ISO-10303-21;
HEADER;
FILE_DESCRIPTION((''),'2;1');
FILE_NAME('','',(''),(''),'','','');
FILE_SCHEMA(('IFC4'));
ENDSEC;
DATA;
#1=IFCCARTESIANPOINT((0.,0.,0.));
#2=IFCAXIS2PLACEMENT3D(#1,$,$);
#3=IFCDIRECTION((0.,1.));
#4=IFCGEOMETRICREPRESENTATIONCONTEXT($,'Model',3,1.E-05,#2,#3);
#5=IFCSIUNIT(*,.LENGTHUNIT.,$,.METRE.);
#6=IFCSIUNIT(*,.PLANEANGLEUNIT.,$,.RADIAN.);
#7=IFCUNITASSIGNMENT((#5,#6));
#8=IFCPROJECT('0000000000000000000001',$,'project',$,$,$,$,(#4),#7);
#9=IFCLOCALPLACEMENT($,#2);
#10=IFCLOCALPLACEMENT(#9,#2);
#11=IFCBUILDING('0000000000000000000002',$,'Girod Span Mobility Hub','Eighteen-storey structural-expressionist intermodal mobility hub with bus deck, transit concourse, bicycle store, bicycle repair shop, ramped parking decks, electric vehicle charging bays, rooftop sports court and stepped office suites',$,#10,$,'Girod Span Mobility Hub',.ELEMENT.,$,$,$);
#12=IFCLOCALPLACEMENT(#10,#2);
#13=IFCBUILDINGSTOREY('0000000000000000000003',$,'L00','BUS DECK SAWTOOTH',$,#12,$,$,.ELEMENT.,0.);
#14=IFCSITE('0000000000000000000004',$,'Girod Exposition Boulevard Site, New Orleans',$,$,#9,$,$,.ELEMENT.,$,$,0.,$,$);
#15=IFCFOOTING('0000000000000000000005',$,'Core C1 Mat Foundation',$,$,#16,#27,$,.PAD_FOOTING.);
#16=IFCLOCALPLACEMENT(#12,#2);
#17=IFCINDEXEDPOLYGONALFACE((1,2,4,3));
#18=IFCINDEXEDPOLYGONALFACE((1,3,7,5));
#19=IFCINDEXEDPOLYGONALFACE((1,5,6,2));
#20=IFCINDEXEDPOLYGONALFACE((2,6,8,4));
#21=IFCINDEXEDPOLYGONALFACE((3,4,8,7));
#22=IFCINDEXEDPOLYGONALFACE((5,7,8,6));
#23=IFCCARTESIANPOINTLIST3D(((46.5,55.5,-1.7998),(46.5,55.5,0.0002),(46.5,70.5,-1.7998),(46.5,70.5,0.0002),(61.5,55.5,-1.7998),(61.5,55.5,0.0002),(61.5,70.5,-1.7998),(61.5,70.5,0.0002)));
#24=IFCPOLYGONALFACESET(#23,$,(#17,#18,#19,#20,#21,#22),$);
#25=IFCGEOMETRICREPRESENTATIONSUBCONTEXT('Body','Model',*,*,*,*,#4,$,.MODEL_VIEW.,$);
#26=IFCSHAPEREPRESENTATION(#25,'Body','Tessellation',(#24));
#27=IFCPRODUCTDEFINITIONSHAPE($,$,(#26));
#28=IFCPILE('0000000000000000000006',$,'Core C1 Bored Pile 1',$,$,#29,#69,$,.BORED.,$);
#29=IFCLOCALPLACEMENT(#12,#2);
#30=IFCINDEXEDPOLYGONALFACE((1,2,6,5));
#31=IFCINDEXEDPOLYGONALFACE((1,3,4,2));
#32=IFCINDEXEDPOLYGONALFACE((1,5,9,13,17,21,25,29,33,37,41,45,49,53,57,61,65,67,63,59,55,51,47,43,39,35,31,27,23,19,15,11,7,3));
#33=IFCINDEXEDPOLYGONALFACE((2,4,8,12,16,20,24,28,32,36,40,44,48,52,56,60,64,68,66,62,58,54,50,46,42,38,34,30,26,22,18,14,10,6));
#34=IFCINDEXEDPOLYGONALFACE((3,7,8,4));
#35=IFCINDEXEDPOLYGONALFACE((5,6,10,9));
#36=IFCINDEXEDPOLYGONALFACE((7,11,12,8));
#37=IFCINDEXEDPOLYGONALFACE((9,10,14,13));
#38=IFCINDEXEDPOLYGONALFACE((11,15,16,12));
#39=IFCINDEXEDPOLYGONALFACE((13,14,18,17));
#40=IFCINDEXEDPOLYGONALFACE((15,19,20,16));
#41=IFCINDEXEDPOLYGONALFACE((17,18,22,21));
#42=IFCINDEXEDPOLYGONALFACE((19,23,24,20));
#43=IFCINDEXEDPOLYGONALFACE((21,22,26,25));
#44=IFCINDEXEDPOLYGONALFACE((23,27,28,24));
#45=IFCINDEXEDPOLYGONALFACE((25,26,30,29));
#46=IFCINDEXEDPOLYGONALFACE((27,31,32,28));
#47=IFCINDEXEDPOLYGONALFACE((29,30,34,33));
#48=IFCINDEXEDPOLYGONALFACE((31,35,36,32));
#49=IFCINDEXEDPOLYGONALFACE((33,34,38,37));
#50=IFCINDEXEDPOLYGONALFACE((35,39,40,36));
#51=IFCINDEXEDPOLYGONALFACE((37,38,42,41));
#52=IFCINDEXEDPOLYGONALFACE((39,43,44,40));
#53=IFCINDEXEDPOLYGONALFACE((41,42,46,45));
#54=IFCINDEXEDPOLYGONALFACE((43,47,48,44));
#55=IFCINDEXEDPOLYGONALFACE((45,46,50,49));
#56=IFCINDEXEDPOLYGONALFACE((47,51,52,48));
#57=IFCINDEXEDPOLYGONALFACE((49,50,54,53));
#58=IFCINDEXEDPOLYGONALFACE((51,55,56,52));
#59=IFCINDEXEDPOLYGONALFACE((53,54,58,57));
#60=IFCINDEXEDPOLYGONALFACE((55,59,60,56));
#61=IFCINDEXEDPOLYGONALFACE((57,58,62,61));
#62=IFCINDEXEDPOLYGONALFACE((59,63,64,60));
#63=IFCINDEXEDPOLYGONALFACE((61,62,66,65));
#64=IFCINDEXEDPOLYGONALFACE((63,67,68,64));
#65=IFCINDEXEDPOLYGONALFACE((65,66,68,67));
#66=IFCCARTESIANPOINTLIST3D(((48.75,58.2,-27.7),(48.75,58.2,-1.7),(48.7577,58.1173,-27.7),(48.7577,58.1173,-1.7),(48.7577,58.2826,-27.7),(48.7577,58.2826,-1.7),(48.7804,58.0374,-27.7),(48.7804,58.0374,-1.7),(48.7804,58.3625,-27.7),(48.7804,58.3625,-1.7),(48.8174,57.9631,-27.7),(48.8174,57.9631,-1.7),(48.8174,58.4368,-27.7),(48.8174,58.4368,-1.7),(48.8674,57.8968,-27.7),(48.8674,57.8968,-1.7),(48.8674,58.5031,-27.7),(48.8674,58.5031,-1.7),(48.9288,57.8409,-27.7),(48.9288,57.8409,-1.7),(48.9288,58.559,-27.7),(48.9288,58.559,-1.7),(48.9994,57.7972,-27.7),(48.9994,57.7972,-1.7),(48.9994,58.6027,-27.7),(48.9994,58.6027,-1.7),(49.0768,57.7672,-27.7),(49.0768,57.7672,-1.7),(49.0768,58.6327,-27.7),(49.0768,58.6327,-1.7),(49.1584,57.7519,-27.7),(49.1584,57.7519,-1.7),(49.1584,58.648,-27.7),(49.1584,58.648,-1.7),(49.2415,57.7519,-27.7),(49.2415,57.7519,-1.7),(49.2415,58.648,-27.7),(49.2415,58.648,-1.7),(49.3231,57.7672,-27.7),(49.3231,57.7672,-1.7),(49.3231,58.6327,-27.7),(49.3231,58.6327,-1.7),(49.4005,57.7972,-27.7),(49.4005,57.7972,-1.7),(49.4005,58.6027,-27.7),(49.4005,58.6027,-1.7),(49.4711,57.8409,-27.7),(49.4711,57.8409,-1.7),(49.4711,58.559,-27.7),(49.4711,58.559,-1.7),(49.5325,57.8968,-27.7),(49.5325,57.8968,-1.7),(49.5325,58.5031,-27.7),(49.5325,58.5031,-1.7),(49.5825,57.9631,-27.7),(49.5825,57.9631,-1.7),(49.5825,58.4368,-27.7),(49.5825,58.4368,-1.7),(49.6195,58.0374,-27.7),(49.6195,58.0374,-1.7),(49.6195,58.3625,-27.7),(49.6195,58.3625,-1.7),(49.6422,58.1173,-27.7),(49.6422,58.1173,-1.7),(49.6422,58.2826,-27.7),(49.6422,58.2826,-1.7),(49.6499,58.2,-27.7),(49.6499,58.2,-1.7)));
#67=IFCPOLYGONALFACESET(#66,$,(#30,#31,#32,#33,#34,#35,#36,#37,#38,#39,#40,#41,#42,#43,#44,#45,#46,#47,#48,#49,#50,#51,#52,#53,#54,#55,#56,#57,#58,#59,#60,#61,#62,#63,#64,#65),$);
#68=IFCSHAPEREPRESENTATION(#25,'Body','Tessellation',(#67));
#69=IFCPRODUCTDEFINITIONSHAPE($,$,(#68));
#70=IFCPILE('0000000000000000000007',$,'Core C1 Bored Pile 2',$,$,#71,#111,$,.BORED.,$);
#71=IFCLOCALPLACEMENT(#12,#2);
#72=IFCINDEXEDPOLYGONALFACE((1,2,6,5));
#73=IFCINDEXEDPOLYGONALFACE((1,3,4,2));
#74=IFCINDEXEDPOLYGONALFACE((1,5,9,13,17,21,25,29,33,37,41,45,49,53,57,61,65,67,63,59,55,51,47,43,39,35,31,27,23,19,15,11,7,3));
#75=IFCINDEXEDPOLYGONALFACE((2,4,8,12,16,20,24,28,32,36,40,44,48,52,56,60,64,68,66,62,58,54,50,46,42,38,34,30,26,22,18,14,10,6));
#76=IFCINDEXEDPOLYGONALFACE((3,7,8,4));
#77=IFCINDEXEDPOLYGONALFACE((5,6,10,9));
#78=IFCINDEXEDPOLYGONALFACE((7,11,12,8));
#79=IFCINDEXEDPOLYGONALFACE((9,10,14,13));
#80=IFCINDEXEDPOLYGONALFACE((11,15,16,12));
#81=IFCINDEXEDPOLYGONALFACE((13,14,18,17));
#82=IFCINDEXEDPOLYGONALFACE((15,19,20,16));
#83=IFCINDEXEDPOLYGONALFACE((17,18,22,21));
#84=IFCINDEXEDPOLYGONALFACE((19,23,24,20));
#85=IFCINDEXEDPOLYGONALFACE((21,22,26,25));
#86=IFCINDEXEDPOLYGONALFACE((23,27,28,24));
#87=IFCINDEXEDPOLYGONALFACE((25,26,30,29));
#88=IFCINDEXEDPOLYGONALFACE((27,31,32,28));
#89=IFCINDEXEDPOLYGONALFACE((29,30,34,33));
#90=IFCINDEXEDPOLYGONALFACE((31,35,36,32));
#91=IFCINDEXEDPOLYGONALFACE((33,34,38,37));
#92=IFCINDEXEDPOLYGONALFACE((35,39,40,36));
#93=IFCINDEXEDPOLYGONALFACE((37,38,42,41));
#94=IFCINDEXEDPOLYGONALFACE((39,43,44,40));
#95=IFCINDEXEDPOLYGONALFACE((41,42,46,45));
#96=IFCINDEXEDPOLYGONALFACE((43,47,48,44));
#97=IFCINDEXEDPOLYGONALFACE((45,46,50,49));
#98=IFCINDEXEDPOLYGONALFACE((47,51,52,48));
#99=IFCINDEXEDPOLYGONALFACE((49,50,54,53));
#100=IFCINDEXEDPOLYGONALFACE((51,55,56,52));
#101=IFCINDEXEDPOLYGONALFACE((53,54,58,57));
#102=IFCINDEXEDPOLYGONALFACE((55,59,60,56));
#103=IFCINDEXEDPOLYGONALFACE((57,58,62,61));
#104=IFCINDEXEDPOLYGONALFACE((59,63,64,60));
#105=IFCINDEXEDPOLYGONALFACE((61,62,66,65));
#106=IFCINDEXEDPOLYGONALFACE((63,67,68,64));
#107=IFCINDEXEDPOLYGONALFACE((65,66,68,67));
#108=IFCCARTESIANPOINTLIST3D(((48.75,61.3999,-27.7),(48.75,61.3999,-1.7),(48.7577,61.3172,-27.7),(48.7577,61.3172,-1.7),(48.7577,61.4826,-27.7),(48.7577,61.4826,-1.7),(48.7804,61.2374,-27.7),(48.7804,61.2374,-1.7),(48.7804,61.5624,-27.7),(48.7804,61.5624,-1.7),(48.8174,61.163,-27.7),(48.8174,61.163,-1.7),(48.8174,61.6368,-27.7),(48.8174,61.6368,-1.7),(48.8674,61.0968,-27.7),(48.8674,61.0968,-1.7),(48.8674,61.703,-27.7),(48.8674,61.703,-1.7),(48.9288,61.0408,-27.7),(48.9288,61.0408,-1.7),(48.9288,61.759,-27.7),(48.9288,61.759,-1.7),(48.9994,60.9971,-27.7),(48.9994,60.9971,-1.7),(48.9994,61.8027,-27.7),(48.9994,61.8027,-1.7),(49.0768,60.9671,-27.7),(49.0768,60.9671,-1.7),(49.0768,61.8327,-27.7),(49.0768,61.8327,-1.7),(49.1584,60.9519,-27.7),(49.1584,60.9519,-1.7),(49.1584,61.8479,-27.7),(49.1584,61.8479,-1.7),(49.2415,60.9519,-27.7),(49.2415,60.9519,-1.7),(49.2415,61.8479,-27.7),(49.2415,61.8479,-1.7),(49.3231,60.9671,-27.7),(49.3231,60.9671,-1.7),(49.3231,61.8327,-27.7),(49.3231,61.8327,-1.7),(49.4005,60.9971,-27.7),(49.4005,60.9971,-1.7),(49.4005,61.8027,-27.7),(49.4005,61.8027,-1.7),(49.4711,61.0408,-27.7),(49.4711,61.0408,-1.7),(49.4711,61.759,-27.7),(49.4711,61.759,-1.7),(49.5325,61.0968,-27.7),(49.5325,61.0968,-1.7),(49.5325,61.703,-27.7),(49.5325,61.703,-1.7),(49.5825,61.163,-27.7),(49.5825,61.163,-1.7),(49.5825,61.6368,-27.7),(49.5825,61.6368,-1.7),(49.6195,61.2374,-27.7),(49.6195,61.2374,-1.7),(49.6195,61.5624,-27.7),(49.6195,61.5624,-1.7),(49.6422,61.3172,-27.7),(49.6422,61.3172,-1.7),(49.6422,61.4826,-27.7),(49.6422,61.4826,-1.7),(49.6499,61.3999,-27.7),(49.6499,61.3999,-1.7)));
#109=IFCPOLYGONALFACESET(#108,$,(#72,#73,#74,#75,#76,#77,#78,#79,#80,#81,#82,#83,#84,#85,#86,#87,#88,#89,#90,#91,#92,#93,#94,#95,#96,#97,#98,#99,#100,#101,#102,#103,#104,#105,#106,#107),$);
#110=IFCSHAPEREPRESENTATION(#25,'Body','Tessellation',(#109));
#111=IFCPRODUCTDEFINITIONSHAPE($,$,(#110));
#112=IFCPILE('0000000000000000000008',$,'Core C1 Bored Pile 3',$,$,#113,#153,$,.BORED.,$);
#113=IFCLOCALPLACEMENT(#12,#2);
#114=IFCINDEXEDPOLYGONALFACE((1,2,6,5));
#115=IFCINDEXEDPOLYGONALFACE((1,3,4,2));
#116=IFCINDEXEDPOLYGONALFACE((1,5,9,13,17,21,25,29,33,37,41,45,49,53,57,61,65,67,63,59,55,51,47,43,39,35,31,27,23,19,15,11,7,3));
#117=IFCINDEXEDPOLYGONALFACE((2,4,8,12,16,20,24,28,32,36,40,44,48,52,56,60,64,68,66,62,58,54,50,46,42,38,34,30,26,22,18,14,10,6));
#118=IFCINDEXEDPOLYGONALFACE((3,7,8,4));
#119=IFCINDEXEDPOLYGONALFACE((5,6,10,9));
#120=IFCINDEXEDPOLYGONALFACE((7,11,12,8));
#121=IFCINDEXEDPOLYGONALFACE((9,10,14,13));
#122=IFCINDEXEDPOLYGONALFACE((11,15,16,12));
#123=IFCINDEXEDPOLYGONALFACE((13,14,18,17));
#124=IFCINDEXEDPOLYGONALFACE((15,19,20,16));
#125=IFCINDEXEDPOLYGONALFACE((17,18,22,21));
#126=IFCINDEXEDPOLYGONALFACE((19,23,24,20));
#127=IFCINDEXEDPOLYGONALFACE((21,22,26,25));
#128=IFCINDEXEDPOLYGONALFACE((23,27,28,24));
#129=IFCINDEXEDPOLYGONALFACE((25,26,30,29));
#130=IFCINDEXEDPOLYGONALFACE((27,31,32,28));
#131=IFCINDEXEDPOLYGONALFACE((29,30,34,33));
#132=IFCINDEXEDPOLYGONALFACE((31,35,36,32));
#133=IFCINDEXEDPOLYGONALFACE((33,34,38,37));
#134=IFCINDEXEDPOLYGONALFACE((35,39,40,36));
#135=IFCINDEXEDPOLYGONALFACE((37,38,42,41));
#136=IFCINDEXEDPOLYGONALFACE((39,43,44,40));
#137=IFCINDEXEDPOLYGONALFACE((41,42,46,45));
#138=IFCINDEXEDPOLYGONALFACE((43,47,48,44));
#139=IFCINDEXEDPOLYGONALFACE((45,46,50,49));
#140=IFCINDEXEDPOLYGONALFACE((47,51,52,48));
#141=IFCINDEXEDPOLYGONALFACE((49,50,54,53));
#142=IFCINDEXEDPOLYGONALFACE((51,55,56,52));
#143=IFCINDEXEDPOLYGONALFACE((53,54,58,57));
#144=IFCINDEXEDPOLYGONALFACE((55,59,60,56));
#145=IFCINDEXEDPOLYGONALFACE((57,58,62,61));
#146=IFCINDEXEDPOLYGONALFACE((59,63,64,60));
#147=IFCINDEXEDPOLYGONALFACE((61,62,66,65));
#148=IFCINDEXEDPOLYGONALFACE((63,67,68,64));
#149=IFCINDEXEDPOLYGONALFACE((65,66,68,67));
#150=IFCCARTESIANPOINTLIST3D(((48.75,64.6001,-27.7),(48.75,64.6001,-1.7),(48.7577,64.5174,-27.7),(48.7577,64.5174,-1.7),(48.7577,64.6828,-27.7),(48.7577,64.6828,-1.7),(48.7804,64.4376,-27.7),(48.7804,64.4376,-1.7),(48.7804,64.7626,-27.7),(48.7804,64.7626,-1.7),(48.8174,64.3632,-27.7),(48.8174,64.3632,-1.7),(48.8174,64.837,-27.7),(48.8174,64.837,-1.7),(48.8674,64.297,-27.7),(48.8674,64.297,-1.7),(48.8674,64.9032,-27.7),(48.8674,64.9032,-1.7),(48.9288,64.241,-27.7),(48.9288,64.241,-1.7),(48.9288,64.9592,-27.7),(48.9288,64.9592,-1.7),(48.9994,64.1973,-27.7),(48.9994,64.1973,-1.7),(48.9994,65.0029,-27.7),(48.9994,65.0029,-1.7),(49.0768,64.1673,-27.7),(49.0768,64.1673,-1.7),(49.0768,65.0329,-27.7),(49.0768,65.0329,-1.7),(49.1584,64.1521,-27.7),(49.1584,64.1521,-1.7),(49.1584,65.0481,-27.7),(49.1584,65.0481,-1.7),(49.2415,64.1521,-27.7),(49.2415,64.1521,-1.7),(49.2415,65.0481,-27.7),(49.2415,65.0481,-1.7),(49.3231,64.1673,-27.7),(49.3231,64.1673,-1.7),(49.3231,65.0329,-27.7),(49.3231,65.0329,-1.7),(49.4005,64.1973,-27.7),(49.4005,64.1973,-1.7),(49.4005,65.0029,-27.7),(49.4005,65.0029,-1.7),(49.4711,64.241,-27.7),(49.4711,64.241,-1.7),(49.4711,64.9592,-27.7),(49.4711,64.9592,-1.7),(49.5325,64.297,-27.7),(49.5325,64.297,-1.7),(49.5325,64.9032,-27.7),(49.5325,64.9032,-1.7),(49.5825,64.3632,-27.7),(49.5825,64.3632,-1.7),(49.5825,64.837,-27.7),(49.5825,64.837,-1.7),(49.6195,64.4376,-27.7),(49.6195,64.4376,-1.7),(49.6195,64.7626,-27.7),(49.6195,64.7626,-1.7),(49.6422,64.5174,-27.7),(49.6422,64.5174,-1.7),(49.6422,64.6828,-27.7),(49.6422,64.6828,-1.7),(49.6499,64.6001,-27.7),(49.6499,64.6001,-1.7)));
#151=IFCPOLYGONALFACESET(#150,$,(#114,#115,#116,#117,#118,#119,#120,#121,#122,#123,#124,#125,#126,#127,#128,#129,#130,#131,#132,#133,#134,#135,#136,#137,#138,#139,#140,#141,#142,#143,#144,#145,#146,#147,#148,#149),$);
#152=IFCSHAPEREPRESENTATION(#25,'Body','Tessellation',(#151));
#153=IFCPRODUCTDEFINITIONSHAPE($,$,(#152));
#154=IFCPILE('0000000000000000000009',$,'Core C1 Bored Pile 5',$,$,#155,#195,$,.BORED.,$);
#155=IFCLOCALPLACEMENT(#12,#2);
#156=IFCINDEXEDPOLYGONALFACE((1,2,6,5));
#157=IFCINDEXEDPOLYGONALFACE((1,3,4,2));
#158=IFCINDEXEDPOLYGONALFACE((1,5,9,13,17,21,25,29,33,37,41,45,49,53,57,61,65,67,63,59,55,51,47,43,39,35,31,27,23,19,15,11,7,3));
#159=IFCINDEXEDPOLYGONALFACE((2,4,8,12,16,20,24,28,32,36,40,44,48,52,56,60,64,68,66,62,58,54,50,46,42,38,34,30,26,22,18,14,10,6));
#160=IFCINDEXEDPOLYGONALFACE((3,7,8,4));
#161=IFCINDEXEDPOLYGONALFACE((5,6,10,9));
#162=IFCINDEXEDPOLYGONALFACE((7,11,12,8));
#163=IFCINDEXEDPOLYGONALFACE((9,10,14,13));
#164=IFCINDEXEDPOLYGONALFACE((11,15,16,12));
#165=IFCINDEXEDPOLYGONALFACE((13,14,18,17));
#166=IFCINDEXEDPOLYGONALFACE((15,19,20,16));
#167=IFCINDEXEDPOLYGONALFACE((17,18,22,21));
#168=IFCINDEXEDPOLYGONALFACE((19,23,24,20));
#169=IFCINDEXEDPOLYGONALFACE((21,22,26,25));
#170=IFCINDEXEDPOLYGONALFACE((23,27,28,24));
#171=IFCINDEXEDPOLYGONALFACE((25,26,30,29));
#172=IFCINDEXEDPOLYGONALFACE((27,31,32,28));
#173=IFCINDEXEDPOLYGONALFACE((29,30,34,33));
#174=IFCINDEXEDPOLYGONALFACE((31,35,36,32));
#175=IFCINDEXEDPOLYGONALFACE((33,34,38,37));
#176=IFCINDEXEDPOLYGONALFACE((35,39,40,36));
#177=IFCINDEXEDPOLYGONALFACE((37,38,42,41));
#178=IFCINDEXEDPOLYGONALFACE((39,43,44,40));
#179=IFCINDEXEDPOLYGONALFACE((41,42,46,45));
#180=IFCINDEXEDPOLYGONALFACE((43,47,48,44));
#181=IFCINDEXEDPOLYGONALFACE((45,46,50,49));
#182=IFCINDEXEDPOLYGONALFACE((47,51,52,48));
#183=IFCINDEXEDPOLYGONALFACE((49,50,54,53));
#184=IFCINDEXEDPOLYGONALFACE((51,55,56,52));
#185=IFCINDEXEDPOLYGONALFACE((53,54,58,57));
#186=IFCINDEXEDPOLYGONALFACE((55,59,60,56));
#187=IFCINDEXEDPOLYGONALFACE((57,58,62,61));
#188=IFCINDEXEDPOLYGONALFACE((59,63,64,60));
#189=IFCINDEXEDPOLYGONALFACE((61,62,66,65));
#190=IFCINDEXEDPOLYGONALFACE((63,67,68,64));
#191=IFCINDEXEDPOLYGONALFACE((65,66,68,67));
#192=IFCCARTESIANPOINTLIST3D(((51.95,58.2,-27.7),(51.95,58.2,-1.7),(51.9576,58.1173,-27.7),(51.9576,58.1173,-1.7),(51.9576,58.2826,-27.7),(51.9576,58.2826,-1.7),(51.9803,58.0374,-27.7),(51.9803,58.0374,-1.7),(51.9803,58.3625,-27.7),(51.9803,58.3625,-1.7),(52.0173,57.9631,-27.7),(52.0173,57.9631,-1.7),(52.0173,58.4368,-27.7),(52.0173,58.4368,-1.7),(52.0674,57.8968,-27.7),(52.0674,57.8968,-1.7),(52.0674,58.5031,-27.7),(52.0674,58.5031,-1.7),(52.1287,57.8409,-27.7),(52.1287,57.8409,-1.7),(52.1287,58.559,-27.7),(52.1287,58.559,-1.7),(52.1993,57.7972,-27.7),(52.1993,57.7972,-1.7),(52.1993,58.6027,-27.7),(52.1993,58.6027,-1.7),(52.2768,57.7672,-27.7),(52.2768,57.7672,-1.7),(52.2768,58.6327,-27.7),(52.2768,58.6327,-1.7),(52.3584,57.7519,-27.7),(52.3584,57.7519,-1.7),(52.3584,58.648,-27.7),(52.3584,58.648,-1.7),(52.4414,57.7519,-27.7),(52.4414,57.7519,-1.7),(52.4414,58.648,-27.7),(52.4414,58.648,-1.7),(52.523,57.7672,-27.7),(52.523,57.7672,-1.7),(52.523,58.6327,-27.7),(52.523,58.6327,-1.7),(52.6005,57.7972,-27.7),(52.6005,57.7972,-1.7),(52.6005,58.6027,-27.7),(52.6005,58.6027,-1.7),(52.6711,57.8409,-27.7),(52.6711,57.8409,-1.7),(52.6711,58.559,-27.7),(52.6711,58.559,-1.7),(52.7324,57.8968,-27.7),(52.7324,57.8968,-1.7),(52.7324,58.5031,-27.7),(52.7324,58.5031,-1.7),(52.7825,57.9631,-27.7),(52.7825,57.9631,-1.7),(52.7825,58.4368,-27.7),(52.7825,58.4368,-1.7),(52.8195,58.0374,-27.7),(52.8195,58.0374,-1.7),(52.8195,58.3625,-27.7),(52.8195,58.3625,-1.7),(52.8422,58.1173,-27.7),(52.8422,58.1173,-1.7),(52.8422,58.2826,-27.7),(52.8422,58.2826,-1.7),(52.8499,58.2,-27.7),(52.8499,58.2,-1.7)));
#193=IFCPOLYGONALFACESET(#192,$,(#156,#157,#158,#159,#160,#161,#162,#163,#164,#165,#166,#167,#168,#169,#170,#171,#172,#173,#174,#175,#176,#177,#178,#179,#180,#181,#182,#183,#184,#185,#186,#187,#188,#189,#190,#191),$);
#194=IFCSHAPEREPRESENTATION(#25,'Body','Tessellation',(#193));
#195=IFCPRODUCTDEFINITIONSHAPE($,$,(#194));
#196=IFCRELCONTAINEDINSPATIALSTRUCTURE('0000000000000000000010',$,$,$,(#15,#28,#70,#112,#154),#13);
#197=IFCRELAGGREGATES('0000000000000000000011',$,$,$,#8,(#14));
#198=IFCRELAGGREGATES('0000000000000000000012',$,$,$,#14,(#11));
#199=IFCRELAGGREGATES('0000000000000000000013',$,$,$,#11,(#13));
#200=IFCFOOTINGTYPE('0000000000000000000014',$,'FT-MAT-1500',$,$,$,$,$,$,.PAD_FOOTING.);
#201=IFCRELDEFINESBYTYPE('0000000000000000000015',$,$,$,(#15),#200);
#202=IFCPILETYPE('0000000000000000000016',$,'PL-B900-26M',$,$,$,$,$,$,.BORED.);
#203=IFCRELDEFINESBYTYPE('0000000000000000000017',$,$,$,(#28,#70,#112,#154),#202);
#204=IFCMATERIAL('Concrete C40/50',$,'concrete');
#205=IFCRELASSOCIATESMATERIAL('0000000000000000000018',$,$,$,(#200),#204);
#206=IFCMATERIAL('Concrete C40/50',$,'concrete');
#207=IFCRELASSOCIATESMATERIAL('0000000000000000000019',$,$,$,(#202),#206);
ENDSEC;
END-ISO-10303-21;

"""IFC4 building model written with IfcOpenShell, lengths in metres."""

from ifc_helpers import new_model, si_unit, direction, frame, origin, origin_2d, place, context, subcontext, project, spatial, rectangle, circle, extrude, material, material_profile, profile_set, type_object, element, save


model = new_model("IFC4")

# Units and contexts
model_context = context("Model", 3, precision=1e-05, world=origin(), true_north=direction((0.0, 1.0)))
body_context = subcontext(model_context, "Body", "Model", "MODEL_VIEW")
ifc_project = project(units=[si_unit("LENGTHUNIT", "METRE"), si_unit("PLANEANGLEUNIT", "RADIAN")], contexts=[model_context])

# Site, building, storey
site_placement = place(None, origin())
site = spatial("IfcSite", under=ifc_project, at=site_placement, Name="Girod Exposition Boulevard Site, New Orleans", CompositionType="ELEMENT", RefElevation=0.0)
building_placement = place(site_placement, origin())
building = spatial("IfcBuilding", under=site, at=building_placement, Name="Girod Span Mobility Hub", Description="Eighteen-storey structural-expressionist intermodal mobility hub with bus deck, transit concourse, bicycle store, bicycle repair shop, ramped parking decks, electric vehicle charging bays, rooftop sports court and stepped office suites", LongName="Girod Span Mobility Hub", CompositionType="ELEMENT")
storey_placement = place(building_placement, origin())
storey = spatial("IfcBuildingStorey", under=building, at=storey_placement, Name="L00", Description="BUS DECK SAWTOOTH", CompositionType="ELEMENT", Elevation=0.0)

# Footing
ifc_material_1 = material(Name="Concrete C40/50", Category="concrete")
footing_type = type_object("IfcFootingType", Name="FT-MAT-1500", PredefinedType="PAD_FOOTING", material=ifc_material_1)
footing_placement = place(storey_placement, frame((54.0, 63.0, -1.7998), z_axis=(0.0, 0.0, 1.0), x_axis=(1.0, 0.0, 0.0)))
element("IfcFooting", 1, at=footing_placement, inside=storey, type_object=footing_type, Name="Core C1 Mat Foundation", PredefinedType="PAD_FOOTING", context=body_context, shape_type="SweptSolid", body=[
    extrude(rectangle(XDim=15.0, YDim=15.0, at=origin_2d()), origin(), (0.0, 0.0, 1.0), 1.8),
])

# Piles
ifc_material_2 = material(Name="Concrete C40/50", Category="concrete")
ifc_material_profile_1 = material_profile(ifc_material_2, circle(Radius=0.45, at=origin_2d()), Name="PILE-D900")
ifc_profile_set_1 = profile_set([ifc_material_profile_1], Name="Concrete C40/50")
pile_type = type_object("IfcPileType", Name="PL-B900-26M", PredefinedType="BORED", material=ifc_profile_set_1)
for number, where, z_axis, x_axis, name in (
    (2, (49.2, 58.2, -1.7), (0.0, 0.0, -1.0), (1.0, 0.0, 0.0), "Core C1 Bored Pile 1"),
    (3, (49.2, 61.3999, -1.7), (0.0, 0.0, -1.0), (1.0, 0.0, 0.0), "Core C1 Bored Pile 2"),
    (4, (49.2, 64.6001, -1.7), (0.0, 0.0, -1.0), (1.0, 0.0, 0.0), "Core C1 Bored Pile 3"),
    (5, (52.3999, 58.2, -1.7), (0.0, 0.0, -1.0), (1.0, 0.0, 0.0), "Core C1 Bored Pile 5"),
):
    element("IfcPile", number, at=place(storey_placement, frame(where, z_axis=z_axis, x_axis=x_axis)), inside=storey, type_object=pile_type, Name=name, PredefinedType="BORED", context=body_context, shape_type="SweptSolid", body=[
        extrude(circle(Radius=0.45, at=origin_2d()), origin(), (0.0, 0.0, 1.0), 26.0),
    ])

save(model, "model.ifc")
